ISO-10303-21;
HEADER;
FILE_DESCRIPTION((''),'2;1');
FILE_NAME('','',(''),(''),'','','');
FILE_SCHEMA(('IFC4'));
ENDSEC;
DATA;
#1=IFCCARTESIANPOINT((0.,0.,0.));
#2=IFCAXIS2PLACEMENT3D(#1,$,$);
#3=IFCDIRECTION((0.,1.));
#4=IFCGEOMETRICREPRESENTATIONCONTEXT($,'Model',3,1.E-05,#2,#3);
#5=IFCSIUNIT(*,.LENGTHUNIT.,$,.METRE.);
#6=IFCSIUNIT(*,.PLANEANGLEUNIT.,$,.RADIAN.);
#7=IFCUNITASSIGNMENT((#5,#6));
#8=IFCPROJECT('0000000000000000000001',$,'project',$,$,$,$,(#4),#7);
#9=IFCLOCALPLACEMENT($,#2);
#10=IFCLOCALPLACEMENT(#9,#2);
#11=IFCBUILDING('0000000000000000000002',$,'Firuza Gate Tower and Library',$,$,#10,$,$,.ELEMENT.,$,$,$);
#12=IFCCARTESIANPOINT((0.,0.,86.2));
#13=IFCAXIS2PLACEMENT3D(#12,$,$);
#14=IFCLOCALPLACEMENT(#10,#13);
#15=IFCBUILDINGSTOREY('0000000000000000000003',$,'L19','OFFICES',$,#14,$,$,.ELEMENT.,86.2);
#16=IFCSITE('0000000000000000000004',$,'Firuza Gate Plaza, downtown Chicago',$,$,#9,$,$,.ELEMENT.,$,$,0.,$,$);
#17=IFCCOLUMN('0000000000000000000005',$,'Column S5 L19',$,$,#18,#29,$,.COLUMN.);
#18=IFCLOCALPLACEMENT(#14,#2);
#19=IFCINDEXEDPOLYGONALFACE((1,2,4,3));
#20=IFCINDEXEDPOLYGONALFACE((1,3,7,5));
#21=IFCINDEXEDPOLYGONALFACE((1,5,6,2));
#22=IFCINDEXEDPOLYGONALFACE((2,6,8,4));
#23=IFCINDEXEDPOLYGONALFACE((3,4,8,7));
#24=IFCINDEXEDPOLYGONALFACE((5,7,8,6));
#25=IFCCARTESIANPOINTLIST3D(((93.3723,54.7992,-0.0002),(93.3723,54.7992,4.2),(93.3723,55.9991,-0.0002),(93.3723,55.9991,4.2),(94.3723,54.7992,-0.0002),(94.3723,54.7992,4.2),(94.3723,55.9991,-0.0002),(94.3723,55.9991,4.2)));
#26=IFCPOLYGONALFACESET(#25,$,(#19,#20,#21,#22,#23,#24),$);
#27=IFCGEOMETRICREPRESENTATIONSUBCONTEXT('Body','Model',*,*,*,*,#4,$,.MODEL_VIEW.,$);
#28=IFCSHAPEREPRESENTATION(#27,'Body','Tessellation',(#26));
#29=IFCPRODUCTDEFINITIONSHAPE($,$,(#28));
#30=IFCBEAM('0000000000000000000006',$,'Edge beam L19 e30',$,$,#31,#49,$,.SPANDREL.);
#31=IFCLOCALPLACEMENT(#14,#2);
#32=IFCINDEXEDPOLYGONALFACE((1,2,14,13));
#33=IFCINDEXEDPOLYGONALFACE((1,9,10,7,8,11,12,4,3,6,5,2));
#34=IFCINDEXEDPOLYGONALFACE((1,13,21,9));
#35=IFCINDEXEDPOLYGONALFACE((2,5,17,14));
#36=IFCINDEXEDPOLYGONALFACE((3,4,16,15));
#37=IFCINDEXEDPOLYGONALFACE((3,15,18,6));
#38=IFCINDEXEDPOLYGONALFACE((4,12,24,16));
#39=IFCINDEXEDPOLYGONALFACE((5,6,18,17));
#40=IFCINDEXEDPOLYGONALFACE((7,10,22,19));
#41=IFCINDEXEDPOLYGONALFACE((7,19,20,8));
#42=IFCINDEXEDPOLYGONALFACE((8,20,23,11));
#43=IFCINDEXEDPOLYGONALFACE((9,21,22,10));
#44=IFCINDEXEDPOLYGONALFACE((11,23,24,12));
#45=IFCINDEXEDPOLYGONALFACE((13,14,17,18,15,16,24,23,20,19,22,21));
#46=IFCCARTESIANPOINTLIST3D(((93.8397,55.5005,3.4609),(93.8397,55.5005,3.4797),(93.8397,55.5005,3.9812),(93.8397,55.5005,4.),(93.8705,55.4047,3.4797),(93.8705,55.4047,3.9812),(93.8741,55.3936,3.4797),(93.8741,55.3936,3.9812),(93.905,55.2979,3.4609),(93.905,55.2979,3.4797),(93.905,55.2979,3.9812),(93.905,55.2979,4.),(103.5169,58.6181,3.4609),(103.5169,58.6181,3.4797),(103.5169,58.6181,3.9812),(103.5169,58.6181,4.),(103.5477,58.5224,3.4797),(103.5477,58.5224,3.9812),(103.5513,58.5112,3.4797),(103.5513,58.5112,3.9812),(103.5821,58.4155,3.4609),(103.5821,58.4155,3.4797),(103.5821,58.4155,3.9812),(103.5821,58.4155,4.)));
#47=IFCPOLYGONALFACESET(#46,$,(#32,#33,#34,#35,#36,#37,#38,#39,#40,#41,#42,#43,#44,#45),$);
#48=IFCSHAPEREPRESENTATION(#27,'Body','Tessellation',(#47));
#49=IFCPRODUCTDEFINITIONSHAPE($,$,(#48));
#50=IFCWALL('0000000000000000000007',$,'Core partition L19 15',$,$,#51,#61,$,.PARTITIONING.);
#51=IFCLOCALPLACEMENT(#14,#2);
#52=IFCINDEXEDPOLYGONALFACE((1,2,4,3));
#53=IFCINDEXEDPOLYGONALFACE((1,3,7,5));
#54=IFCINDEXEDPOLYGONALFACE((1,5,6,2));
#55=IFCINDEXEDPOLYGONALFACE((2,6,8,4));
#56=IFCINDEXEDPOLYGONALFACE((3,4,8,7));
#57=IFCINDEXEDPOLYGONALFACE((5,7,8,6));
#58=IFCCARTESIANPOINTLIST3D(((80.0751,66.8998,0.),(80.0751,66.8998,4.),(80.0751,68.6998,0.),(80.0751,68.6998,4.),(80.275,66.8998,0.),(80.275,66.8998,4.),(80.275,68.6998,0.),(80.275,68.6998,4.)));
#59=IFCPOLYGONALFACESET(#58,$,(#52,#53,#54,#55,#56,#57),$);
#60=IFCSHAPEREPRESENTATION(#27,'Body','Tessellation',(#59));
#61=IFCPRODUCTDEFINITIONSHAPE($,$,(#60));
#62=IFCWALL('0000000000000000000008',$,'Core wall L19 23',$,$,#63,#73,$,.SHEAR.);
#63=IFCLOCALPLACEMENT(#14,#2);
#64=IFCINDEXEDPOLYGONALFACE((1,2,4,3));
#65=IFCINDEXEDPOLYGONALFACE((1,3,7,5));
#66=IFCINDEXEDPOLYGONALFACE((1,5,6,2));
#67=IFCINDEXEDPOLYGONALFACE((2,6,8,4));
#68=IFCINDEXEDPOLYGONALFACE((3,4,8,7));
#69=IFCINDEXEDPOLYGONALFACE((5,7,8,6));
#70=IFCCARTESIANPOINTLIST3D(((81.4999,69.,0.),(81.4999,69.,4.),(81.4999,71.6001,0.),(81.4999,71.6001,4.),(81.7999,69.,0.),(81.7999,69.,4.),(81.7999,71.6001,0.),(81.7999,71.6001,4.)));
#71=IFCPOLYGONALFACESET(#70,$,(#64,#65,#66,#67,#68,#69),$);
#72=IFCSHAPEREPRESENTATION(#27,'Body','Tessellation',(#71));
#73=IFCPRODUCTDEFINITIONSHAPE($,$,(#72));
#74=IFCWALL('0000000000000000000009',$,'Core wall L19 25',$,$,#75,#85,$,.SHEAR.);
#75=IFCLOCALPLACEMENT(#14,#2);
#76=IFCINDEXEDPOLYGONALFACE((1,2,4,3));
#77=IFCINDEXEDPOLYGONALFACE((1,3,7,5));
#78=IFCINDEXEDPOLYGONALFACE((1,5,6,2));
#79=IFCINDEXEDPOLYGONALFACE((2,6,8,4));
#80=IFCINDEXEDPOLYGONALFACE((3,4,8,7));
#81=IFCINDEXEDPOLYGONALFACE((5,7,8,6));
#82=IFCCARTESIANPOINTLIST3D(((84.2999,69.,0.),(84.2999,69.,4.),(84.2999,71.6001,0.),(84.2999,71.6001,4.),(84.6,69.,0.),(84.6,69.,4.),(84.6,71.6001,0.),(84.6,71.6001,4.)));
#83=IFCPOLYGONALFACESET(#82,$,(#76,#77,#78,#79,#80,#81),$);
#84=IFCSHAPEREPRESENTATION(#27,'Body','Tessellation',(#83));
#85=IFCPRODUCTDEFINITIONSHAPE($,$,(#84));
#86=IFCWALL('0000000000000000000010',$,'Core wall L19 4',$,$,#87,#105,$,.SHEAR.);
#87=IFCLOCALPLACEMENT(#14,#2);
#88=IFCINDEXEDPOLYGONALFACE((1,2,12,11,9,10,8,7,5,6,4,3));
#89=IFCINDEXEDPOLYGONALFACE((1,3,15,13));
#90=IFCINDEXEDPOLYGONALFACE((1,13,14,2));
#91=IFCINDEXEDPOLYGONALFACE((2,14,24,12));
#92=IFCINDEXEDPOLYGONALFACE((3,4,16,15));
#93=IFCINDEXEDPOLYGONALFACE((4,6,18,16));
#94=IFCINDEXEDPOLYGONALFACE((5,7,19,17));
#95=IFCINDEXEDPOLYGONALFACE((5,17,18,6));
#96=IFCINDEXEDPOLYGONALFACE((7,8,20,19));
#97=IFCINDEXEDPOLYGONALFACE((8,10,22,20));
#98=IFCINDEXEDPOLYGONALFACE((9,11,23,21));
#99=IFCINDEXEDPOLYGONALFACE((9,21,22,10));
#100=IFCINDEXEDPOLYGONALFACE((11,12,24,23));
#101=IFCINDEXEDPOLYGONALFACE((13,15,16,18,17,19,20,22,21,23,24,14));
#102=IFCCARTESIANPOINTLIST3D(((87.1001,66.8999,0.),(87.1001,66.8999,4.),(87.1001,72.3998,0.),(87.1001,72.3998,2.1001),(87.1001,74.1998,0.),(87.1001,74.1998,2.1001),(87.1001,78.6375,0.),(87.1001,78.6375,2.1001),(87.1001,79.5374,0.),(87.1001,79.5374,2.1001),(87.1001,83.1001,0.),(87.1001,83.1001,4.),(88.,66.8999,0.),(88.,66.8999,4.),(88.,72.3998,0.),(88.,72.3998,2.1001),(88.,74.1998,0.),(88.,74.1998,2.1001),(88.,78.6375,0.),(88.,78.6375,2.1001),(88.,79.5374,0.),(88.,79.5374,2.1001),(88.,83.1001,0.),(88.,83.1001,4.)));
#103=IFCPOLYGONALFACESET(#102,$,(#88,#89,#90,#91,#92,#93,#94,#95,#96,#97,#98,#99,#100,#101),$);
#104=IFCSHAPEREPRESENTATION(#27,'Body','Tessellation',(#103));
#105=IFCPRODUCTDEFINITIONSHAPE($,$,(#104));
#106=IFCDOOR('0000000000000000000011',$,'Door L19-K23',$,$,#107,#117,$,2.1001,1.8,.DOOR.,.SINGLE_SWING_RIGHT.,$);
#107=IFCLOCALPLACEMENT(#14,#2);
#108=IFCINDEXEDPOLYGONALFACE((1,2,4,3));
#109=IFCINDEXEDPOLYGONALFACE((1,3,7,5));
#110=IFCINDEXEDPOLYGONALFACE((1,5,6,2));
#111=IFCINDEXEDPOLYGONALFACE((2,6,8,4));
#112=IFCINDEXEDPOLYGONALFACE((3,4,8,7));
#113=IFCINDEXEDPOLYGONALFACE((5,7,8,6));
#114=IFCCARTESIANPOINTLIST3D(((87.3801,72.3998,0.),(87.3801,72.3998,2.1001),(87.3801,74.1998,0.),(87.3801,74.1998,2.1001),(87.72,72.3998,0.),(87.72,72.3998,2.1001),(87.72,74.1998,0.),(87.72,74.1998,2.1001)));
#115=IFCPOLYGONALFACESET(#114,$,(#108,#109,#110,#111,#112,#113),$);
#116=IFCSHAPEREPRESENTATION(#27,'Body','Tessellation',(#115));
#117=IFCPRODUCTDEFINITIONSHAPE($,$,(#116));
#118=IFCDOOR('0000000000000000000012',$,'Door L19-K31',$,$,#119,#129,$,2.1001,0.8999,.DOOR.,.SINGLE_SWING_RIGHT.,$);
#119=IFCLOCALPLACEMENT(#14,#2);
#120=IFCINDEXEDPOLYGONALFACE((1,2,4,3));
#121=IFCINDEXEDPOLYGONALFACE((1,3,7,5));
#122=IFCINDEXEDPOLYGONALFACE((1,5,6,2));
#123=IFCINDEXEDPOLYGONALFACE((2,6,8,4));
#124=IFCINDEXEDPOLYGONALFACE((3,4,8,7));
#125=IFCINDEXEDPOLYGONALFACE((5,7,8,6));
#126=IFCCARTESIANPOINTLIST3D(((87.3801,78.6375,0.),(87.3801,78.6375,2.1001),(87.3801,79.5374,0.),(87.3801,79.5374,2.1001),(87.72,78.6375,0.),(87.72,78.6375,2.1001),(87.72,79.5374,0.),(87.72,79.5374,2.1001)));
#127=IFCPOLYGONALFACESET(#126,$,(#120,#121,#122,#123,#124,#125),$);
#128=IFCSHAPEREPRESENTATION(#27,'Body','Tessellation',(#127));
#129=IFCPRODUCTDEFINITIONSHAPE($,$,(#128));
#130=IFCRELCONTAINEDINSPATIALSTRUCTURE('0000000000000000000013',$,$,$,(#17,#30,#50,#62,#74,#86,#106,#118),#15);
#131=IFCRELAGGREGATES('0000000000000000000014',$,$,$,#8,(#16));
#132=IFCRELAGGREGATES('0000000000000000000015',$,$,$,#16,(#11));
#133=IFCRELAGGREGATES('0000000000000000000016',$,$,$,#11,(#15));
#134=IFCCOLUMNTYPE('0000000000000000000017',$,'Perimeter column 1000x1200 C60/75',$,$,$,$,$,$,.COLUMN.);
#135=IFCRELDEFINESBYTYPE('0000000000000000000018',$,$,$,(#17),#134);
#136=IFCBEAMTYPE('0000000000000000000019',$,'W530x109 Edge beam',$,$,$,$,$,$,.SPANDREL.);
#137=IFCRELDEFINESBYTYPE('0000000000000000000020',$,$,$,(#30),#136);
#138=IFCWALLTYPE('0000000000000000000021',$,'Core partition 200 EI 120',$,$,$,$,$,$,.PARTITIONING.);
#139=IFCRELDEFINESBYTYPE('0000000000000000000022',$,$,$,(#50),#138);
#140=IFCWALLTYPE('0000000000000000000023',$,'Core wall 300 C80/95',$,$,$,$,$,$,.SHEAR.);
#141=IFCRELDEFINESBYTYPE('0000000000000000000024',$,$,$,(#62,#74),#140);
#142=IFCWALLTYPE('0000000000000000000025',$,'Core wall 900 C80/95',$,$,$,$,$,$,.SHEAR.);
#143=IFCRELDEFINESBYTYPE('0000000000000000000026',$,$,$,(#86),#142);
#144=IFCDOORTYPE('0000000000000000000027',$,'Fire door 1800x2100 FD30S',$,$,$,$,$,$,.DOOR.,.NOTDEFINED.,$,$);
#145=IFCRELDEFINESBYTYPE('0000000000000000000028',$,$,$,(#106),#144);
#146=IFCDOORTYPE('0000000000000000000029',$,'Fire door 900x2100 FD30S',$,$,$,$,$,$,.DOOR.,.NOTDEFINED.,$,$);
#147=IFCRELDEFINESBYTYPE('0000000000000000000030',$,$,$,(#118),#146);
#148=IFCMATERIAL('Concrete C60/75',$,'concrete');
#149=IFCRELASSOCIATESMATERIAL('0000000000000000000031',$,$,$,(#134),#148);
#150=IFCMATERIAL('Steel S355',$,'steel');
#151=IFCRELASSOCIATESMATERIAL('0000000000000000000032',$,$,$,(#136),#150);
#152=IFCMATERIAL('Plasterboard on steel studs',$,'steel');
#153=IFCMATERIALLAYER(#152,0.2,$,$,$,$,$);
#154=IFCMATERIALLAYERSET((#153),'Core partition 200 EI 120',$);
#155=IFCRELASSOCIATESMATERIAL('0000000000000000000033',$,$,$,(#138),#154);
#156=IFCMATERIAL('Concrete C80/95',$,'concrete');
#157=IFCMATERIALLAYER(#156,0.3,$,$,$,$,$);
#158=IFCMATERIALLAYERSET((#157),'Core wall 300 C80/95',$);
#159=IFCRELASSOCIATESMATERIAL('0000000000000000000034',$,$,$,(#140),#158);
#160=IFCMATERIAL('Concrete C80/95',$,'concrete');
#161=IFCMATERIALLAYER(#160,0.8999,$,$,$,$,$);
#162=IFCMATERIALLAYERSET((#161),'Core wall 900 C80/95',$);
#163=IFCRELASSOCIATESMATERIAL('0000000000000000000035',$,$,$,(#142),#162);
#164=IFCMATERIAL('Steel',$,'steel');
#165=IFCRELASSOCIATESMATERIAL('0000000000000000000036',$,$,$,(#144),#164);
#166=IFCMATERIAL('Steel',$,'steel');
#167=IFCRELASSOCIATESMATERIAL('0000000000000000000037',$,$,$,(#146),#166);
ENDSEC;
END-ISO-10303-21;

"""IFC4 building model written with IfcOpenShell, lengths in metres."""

from ifc_helpers import new_model, si_unit, direction, frame, frame_2d, origin, origin_2d, place, context, subcontext, project, spatial, rectangle, i_section, extrude, material, layer, layer_set, material_profile, profile_set, type_object, element, fill, save


model = new_model("IFC4")

# Units and contexts
model_context = context("Model", 3, precision=1e-05, world=origin(), true_north=direction((0.0, 1.0)))
body_context = subcontext(model_context, "Body", "Model", "MODEL_VIEW")
ifc_project = project(units=[si_unit("LENGTHUNIT", "METRE"), si_unit("PLANEANGLEUNIT", "RADIAN")], contexts=[model_context])

# Site, building, storey
site_placement = place(None, origin())
site = spatial("IfcSite", under=ifc_project, at=site_placement, Name="Firuza Gate Plaza, downtown Chicago", CompositionType="ELEMENT", RefElevation=0.0)
building_placement = place(site_placement, origin())
building = spatial("IfcBuilding", under=site, at=building_placement, Name="Firuza Gate Tower and Library", CompositionType="ELEMENT")
storey_placement = place(building_placement, frame((0.0, 0.0, 86.2)))
storey = spatial("IfcBuildingStorey", under=building, at=storey_placement, Name="L19", Description="OFFICES", CompositionType="ELEMENT", Elevation=86.2)

# Column
ifc_material_1 = material(Name="Concrete C60/75", Category="concrete")
ifc_material_profile_1 = material_profile(ifc_material_1, rectangle(XDim=1.0, YDim=1.2, at=origin_2d()))
ifc_profile_set_1 = profile_set([ifc_material_profile_1], Name="Concrete C60/75")
column_type = type_object("IfcColumnType", Name="Perimeter column 1000x1200 C60/75", PredefinedType="COLUMN", material=ifc_profile_set_1)
column_placement = place(storey_placement, frame((93.8723, 55.3992, -0.0002), z_axis=(0.0, 0.0, 1.0), x_axis=(1.0, 0.0, 0.0)))
element("IfcColumn", 1, at=column_placement, inside=storey, type_object=column_type, Name="Column S5 L19", PredefinedType="COLUMN", context=body_context, shape_type="SweptSolid", body=[
    extrude(rectangle(XDim=1.0, YDim=1.2, at=origin_2d()), origin(), (0.0, 0.0, 1.0), 4.2002),
])

# Beam
ifc_material_2 = material(Name="Steel S355", Category="steel")
ifc_material_profile_2 = material_profile(ifc_material_2, i_section(OverallWidth=0.2129, OverallDepth=0.5391, WebThickness=0.0117, FlangeThickness=0.0188, at=origin_2d()))
ifc_profile_set_2 = profile_set([ifc_material_profile_2], Name="Steel S355")
beam_type = type_object("IfcBeamType", Name="W530x109 Edge beam", PredefinedType="SPANDREL", material=ifc_profile_set_2)
beam_placement = place(storey_placement, frame((93.8723, 55.3992, 3.7305), z_axis=(0.951824, 0.306645, 0.0), x_axis=(-0.306645, 0.951824, 0.0)))
element("IfcBeam", 2, at=beam_placement, inside=storey, type_object=beam_type, Name="Edge beam L19 e30", PredefinedType="SPANDREL", context=body_context, shape_type="SweptSolid", body=[
    extrude(i_section(OverallWidth=0.2129, OverallDepth=0.5391, WebThickness=0.0117, FlangeThickness=0.0188, at=origin_2d()), origin(), (0.0, 0.0, 1.0), 10.167),
])

# Walls
ifc_material_3 = material(Name="Plasterboard on steel studs", Category="steel")
ifc_layer_1 = layer(ifc_material_3, 0.2)
ifc_layer_set_1 = layer_set([ifc_layer_1], Name="Core partition 200 EI 120")
wall_type_1 = type_object("IfcWallType", Name="Core partition 200 EI 120", PredefinedType="PARTITIONING", material=ifc_layer_set_1)
wall_1_placement = place(storey_placement, frame((80.175, 66.8999, 0.0), z_axis=(0.0, 0.0, 1.0), x_axis=(0.0, 1.0, 0.0)))
element("IfcWall", 3, at=wall_1_placement, inside=storey, type_object=wall_type_1, Name="Core partition L19 15", PredefinedType="PARTITIONING", context=body_context, shape_type="SweptSolid", body=[
    extrude(rectangle(XDim=1.8, YDim=0.2, at=frame_2d((0.8999, 0.0))), origin(), (0.0, 0.0, 1.0), 4.0),
])
ifc_material_4 = material(Name="Concrete C80/95", Category="concrete")
ifc_layer_2 = layer(ifc_material_4, 0.3)
ifc_layer_set_2 = layer_set([ifc_layer_2], Name="Core wall 300 C80/95")
wall_type_2 = type_object("IfcWallType", Name="Core wall 300 C80/95", PredefinedType="SHEAR", material=ifc_layer_set_2)
for number, where, z_axis, x_axis, name in (
    (4, (81.6499, 69.0, 0.0), (0.0, 0.0, 1.0), (0.0, 1.0, 0.0), "Core wall L19 23"),
    (5, (84.45, 69.0, 0.0), (0.0, 0.0, 1.0), (0.0, 1.0, 0.0), "Core wall L19 25"),
):
    element("IfcWall", number, at=place(storey_placement, frame(where, z_axis=z_axis, x_axis=x_axis)), inside=storey, type_object=wall_type_2, Name=name, PredefinedType="SHEAR", context=body_context, shape_type="SweptSolid", body=[
        extrude(rectangle(XDim=2.6001, YDim=0.3, at=frame_2d((1.3, 0.0))), origin(), (0.0, 0.0, 1.0), 4.0),
    ])

# Wall, openings, doors
ifc_material_5 = material(Name="Concrete C80/95", Category="concrete")
ifc_layer_3 = layer(ifc_material_5, 0.8999)
ifc_layer_set_3 = layer_set([ifc_layer_3], Name="Core wall 900 C80/95")
wall_type_3 = type_object("IfcWallType", Name="Core wall 900 C80/95", PredefinedType="SHEAR", material=ifc_layer_set_3)
wall_2_placement = place(storey_placement, frame((87.55, 66.8999, 0.0), z_axis=(0.0, 0.0, 1.0), x_axis=(0.0, 1.0, 0.0)))
wall_2 = element("IfcWall", 6, at=wall_2_placement, inside=storey, type_object=wall_type_3, Name="Core wall L19 4", PredefinedType="SHEAR", context=body_context, shape_type="SweptSolid", body=[
    extrude(rectangle(XDim=16.2002, YDim=0.8999, at=frame_2d((8.1001, 0.0))), origin(), (0.0, 0.0, 1.0), 4.0),
])
opening_1_placement = place(wall_2_placement, frame((5.5, 0.0, 0.0)))
opening_1 = element("IfcOpeningElement", 7, at=opening_1_placement, cuts=wall_2, PredefinedType="OPENING", context=body_context, shape_type="SweptSolid", body=[
    extrude(rectangle(XDim=1.8, YDim=2.1001, at=frame_2d((0.8999, 1.05))), frame((0.0, 0.46, 0.0), z_axis=(0.0, -1.0, 0.0), x_axis=(1.0, 0.0, 0.0)), (0.0, 0.0, 1.0), 0.9199),
])
opening_2_placement = place(wall_2_placement, frame((11.7375, 0.0, 0.0)))
opening_2 = element("IfcOpeningElement", 8, at=opening_2_placement, cuts=wall_2, PredefinedType="OPENING", context=body_context, shape_type="SweptSolid", body=[
    extrude(rectangle(XDim=0.8999, YDim=2.1001, at=frame_2d((0.45, 1.05))), frame((0.0, 0.46, 0.0), z_axis=(0.0, -1.0, 0.0), x_axis=(1.0, 0.0, 0.0)), (0.0, 0.0, 1.0), 0.9199),
])
ifc_material_6 = material(Name="Steel", Category="steel")
door_type_1 = type_object("IfcDoorType", Name="Fire door 1800x2100 FD30S", OperationType="NOTDEFINED", PredefinedType="DOOR", material=ifc_material_6)
door_1_placement = place(opening_1_placement, origin())
door_1 = element("IfcDoor", 9, at=door_1_placement, inside=storey, type_object=door_type_1, Name="Door L19-K23", OperationType="SINGLE_SWING_RIGHT", OverallHeight=2.1001, OverallWidth=1.8, PredefinedType="DOOR", context=body_context, shape_type="SweptSolid", body=[
    extrude(rectangle(XDim=1.8, YDim=2.1001, at=frame_2d((0.8999, 1.05))), frame((0.0, 0.1699, 0.0), z_axis=(0.0, -1.0, 0.0), x_axis=(1.0, 0.0, 0.0)), (0.0, 0.0, 1.0), 0.3398),
])
fill(opening_1, door_1)
ifc_material_7 = material(Name="Steel", Category="steel")
door_type_2 = type_object("IfcDoorType", Name="Fire door 900x2100 FD30S", OperationType="NOTDEFINED", PredefinedType="DOOR", material=ifc_material_7)
door_2_placement = place(opening_2_placement, origin())
door_2 = element("IfcDoor", 10, at=door_2_placement, inside=storey, type_object=door_type_2, Name="Door L19-K31", OperationType="SINGLE_SWING_RIGHT", OverallHeight=2.1001, OverallWidth=0.8999, PredefinedType="DOOR", context=body_context, shape_type="SweptSolid", body=[
    extrude(rectangle(XDim=0.8999, YDim=2.1001, at=frame_2d((0.45, 1.05))), frame((0.0, 0.1699, 0.0), z_axis=(0.0, -1.0, 0.0), x_axis=(1.0, 0.0, 0.0)), (0.0, 0.0, 1.0), 0.3398),
])
fill(opening_2, door_2)

save(model, "model.ifc")
